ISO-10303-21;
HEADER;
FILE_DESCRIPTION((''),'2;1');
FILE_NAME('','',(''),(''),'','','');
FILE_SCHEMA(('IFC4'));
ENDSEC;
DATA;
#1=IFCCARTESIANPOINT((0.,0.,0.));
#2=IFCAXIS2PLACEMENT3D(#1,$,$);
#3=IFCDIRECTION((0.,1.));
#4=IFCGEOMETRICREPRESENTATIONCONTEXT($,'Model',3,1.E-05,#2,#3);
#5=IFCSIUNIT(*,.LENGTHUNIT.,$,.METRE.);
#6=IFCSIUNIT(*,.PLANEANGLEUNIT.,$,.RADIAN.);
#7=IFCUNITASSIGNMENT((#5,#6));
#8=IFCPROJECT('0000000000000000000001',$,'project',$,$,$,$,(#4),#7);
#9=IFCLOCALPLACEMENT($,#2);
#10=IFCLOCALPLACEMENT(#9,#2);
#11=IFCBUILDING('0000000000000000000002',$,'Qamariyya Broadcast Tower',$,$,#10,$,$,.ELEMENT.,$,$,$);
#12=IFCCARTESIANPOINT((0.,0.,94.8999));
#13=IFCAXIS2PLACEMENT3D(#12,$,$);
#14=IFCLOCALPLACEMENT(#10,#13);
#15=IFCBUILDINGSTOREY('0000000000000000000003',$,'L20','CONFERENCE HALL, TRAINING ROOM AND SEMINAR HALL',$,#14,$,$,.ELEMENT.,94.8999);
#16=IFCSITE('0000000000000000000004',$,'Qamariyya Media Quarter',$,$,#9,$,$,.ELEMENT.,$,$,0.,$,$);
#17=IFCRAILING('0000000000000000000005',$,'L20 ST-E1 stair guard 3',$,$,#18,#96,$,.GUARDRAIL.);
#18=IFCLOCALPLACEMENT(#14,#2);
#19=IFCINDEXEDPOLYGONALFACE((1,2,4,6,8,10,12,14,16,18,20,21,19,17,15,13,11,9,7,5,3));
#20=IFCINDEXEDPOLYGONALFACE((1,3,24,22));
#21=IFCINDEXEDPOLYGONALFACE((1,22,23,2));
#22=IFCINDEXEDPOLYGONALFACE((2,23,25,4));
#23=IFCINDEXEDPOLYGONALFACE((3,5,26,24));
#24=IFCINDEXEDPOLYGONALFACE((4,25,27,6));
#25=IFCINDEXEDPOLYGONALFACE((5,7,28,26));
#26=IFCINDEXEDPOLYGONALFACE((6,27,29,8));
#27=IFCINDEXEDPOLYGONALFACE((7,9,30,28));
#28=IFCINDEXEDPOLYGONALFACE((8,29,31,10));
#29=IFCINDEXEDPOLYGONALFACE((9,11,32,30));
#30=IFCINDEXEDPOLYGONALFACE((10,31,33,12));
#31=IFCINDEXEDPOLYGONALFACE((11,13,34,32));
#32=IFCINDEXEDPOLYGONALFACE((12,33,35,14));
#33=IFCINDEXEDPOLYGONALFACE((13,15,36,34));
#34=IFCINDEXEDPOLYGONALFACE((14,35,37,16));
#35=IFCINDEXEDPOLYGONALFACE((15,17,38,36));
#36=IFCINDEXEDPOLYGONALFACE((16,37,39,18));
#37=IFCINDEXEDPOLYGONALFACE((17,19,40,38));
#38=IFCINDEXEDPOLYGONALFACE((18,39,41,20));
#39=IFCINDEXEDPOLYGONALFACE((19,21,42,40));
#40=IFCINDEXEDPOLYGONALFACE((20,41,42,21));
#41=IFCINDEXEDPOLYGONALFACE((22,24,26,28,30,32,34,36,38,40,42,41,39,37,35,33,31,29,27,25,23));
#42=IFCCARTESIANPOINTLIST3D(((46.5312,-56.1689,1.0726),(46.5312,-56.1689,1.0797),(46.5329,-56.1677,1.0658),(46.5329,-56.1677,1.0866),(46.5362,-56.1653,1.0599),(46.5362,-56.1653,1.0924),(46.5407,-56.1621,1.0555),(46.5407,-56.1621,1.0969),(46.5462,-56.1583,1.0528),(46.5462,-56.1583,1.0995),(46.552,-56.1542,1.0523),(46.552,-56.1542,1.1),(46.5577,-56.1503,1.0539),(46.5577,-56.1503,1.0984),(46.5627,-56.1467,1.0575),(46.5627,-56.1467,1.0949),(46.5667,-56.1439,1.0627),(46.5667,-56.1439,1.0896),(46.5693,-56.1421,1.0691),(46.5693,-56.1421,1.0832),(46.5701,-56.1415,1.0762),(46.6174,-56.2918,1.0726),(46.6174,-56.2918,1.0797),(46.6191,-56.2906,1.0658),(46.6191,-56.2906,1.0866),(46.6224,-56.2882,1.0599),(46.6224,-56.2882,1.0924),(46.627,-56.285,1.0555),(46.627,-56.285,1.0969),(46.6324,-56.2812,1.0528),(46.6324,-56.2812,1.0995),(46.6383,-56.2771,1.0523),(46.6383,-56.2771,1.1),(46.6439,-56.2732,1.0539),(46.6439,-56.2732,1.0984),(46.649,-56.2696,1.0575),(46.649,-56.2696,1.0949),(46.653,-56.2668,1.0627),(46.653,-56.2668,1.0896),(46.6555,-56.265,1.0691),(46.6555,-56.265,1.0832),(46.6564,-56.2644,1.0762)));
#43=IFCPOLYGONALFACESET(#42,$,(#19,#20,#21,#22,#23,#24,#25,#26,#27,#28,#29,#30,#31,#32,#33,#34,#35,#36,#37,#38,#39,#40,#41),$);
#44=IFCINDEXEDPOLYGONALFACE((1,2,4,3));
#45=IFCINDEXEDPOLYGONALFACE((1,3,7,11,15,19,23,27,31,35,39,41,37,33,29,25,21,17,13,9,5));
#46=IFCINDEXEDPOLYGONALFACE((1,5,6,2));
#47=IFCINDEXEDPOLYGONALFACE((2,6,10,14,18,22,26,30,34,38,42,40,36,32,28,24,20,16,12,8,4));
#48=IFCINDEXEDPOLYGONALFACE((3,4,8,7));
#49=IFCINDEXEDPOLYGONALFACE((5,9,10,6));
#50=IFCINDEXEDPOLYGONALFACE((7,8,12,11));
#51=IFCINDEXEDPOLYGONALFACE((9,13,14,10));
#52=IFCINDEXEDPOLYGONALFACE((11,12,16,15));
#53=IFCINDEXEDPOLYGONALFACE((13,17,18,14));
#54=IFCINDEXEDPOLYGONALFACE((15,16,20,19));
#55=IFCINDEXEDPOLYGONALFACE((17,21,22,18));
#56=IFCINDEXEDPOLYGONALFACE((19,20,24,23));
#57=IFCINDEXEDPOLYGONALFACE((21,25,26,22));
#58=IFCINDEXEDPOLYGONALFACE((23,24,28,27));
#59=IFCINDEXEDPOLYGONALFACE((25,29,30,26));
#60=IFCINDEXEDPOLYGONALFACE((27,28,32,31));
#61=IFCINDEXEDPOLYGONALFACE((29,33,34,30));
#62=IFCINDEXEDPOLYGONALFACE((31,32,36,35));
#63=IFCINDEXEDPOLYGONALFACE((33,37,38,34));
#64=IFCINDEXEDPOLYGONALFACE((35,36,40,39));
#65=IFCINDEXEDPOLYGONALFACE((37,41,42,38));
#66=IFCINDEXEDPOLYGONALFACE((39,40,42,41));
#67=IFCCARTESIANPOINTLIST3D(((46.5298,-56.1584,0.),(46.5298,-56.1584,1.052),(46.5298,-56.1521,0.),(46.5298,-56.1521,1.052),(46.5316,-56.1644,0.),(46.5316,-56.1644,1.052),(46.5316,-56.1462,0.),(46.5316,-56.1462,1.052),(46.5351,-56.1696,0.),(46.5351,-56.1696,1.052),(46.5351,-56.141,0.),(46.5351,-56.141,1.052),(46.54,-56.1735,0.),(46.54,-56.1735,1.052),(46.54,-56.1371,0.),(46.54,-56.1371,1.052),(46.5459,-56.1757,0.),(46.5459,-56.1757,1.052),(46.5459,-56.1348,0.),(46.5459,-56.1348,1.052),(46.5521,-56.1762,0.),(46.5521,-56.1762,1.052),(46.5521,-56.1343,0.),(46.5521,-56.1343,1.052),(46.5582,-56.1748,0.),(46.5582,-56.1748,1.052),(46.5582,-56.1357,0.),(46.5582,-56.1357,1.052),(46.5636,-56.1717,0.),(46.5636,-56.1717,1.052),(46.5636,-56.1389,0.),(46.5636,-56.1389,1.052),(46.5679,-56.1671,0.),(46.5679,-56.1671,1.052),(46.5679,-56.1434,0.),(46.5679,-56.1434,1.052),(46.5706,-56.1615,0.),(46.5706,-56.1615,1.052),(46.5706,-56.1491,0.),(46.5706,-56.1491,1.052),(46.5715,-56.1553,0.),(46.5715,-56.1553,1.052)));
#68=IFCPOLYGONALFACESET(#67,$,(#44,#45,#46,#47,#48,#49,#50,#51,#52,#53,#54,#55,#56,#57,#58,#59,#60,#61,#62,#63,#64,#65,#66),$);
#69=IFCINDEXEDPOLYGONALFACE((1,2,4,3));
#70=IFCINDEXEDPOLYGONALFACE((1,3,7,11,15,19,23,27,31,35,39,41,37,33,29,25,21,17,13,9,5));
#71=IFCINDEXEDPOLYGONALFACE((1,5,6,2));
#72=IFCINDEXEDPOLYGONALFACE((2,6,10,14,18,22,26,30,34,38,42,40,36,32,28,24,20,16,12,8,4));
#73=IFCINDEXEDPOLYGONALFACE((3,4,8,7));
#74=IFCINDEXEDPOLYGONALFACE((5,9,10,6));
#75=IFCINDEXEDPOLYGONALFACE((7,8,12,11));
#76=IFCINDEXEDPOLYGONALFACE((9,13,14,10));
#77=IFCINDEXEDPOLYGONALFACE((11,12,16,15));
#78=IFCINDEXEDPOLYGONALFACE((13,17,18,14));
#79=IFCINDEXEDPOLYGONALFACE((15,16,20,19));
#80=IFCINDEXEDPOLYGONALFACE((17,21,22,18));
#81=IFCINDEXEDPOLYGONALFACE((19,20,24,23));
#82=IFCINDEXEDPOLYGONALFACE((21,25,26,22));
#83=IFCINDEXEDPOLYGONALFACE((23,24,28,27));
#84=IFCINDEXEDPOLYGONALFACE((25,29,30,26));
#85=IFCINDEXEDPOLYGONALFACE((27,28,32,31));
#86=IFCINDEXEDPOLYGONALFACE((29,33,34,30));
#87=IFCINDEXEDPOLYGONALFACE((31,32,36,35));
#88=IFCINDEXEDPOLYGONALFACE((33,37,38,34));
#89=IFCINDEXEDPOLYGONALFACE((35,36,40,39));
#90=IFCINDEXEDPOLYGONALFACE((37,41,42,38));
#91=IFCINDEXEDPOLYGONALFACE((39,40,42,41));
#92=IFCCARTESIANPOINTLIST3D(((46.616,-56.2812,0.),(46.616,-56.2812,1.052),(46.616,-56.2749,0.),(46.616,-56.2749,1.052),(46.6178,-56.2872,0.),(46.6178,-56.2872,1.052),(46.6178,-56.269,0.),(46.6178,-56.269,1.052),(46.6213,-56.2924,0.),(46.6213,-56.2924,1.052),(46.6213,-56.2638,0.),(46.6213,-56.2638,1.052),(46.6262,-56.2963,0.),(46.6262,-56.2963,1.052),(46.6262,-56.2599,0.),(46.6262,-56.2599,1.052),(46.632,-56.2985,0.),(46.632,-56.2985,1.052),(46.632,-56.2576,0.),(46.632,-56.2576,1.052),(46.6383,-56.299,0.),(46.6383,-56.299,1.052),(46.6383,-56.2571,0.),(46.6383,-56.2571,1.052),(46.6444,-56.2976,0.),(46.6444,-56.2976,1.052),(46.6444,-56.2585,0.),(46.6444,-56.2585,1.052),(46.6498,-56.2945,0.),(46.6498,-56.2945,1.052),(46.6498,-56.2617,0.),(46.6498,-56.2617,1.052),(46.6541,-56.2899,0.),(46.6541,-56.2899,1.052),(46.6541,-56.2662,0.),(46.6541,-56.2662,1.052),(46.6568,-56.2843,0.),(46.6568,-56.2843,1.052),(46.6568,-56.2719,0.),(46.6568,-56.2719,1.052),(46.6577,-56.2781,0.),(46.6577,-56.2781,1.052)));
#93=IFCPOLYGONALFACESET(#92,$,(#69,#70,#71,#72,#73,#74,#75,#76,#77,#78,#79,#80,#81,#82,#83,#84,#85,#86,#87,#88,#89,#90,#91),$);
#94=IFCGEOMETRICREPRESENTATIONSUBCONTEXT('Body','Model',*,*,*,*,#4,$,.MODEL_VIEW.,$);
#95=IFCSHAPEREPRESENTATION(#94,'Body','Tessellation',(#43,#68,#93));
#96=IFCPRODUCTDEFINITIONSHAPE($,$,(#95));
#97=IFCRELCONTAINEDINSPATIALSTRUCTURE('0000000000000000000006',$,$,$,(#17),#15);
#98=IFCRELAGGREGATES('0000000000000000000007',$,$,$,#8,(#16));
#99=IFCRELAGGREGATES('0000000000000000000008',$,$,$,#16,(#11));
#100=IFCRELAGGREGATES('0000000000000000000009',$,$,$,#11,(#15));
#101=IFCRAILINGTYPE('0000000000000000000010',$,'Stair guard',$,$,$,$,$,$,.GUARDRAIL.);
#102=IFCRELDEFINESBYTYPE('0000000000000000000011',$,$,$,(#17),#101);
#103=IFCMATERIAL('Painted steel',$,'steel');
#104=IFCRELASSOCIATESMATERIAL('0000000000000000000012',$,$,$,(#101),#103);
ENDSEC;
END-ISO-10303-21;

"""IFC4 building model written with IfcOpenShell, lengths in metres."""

from ifc_helpers import new_model, si_unit, direction, frame, origin, origin_2d, place, context, subcontext, project, spatial, circle, extrude, material, type_object, element, save


model = new_model("IFC4")

# Units and contexts
model_context = context("Model", 3, precision=1e-05, world=origin(), true_north=direction((0.0, 1.0)))
body_context = subcontext(model_context, "Body", "Model", "MODEL_VIEW")
ifc_project = project(units=[si_unit("LENGTHUNIT", "METRE"), si_unit("PLANEANGLEUNIT", "RADIAN")], contexts=[model_context])

# Site, building, storey
site_placement = place(None, origin())
site = spatial("IfcSite", under=ifc_project, at=site_placement, Name="Qamariyya Media Quarter", CompositionType="ELEMENT", RefElevation=0.0)
building_placement = place(site_placement, origin())
building = spatial("IfcBuilding", under=site, at=building_placement, Name="Qamariyya Broadcast Tower", CompositionType="ELEMENT")
storey_placement = place(building_placement, frame((0.0, 0.0, 94.8999)))
storey = spatial("IfcBuildingStorey", under=building, at=storey_placement, Name="L20", Description="CONFERENCE HALL, TRAINING ROOM AND SEMINAR HALL", CompositionType="ELEMENT", Elevation=94.8999)

# Railing
ifc_material_1 = material(Name="Painted steel", Category="steel")
railing_type_1 = type_object("IfcRailingType", Name="Stair guard", PredefinedType="GUARDRAIL", material=ifc_material_1)
railing_1_placement = place(storey_placement, frame((46.5505, -56.1553, 0.0)))
element("IfcRailing", 1, at=railing_1_placement, inside=storey, type_object=railing_type_1, Name="L20 ST-E1 stair guard 3", PredefinedType="GUARDRAIL", context=body_context, shape_type="SweptSolid", body=[
    extrude(circle(Radius=0.0239, at=origin_2d()), frame((0.0, 0.0, 1.0762), z_axis=(0.574445, -0.818543, 0.0), x_axis=(0.818543, 0.574445, 0.0)), (0.0, 0.0, 1.0), 0.1501),
    extrude(circle(Radius=0.021, at=origin_2d()), origin(), (0.0, 0.0, 1.0), 1.052),
    extrude(circle(Radius=0.021, at=origin_2d()), frame((0.0862, -0.1228, 0.0)), (0.0, 0.0, 1.0), 1.052),
])

save(model, "model.ifc")
